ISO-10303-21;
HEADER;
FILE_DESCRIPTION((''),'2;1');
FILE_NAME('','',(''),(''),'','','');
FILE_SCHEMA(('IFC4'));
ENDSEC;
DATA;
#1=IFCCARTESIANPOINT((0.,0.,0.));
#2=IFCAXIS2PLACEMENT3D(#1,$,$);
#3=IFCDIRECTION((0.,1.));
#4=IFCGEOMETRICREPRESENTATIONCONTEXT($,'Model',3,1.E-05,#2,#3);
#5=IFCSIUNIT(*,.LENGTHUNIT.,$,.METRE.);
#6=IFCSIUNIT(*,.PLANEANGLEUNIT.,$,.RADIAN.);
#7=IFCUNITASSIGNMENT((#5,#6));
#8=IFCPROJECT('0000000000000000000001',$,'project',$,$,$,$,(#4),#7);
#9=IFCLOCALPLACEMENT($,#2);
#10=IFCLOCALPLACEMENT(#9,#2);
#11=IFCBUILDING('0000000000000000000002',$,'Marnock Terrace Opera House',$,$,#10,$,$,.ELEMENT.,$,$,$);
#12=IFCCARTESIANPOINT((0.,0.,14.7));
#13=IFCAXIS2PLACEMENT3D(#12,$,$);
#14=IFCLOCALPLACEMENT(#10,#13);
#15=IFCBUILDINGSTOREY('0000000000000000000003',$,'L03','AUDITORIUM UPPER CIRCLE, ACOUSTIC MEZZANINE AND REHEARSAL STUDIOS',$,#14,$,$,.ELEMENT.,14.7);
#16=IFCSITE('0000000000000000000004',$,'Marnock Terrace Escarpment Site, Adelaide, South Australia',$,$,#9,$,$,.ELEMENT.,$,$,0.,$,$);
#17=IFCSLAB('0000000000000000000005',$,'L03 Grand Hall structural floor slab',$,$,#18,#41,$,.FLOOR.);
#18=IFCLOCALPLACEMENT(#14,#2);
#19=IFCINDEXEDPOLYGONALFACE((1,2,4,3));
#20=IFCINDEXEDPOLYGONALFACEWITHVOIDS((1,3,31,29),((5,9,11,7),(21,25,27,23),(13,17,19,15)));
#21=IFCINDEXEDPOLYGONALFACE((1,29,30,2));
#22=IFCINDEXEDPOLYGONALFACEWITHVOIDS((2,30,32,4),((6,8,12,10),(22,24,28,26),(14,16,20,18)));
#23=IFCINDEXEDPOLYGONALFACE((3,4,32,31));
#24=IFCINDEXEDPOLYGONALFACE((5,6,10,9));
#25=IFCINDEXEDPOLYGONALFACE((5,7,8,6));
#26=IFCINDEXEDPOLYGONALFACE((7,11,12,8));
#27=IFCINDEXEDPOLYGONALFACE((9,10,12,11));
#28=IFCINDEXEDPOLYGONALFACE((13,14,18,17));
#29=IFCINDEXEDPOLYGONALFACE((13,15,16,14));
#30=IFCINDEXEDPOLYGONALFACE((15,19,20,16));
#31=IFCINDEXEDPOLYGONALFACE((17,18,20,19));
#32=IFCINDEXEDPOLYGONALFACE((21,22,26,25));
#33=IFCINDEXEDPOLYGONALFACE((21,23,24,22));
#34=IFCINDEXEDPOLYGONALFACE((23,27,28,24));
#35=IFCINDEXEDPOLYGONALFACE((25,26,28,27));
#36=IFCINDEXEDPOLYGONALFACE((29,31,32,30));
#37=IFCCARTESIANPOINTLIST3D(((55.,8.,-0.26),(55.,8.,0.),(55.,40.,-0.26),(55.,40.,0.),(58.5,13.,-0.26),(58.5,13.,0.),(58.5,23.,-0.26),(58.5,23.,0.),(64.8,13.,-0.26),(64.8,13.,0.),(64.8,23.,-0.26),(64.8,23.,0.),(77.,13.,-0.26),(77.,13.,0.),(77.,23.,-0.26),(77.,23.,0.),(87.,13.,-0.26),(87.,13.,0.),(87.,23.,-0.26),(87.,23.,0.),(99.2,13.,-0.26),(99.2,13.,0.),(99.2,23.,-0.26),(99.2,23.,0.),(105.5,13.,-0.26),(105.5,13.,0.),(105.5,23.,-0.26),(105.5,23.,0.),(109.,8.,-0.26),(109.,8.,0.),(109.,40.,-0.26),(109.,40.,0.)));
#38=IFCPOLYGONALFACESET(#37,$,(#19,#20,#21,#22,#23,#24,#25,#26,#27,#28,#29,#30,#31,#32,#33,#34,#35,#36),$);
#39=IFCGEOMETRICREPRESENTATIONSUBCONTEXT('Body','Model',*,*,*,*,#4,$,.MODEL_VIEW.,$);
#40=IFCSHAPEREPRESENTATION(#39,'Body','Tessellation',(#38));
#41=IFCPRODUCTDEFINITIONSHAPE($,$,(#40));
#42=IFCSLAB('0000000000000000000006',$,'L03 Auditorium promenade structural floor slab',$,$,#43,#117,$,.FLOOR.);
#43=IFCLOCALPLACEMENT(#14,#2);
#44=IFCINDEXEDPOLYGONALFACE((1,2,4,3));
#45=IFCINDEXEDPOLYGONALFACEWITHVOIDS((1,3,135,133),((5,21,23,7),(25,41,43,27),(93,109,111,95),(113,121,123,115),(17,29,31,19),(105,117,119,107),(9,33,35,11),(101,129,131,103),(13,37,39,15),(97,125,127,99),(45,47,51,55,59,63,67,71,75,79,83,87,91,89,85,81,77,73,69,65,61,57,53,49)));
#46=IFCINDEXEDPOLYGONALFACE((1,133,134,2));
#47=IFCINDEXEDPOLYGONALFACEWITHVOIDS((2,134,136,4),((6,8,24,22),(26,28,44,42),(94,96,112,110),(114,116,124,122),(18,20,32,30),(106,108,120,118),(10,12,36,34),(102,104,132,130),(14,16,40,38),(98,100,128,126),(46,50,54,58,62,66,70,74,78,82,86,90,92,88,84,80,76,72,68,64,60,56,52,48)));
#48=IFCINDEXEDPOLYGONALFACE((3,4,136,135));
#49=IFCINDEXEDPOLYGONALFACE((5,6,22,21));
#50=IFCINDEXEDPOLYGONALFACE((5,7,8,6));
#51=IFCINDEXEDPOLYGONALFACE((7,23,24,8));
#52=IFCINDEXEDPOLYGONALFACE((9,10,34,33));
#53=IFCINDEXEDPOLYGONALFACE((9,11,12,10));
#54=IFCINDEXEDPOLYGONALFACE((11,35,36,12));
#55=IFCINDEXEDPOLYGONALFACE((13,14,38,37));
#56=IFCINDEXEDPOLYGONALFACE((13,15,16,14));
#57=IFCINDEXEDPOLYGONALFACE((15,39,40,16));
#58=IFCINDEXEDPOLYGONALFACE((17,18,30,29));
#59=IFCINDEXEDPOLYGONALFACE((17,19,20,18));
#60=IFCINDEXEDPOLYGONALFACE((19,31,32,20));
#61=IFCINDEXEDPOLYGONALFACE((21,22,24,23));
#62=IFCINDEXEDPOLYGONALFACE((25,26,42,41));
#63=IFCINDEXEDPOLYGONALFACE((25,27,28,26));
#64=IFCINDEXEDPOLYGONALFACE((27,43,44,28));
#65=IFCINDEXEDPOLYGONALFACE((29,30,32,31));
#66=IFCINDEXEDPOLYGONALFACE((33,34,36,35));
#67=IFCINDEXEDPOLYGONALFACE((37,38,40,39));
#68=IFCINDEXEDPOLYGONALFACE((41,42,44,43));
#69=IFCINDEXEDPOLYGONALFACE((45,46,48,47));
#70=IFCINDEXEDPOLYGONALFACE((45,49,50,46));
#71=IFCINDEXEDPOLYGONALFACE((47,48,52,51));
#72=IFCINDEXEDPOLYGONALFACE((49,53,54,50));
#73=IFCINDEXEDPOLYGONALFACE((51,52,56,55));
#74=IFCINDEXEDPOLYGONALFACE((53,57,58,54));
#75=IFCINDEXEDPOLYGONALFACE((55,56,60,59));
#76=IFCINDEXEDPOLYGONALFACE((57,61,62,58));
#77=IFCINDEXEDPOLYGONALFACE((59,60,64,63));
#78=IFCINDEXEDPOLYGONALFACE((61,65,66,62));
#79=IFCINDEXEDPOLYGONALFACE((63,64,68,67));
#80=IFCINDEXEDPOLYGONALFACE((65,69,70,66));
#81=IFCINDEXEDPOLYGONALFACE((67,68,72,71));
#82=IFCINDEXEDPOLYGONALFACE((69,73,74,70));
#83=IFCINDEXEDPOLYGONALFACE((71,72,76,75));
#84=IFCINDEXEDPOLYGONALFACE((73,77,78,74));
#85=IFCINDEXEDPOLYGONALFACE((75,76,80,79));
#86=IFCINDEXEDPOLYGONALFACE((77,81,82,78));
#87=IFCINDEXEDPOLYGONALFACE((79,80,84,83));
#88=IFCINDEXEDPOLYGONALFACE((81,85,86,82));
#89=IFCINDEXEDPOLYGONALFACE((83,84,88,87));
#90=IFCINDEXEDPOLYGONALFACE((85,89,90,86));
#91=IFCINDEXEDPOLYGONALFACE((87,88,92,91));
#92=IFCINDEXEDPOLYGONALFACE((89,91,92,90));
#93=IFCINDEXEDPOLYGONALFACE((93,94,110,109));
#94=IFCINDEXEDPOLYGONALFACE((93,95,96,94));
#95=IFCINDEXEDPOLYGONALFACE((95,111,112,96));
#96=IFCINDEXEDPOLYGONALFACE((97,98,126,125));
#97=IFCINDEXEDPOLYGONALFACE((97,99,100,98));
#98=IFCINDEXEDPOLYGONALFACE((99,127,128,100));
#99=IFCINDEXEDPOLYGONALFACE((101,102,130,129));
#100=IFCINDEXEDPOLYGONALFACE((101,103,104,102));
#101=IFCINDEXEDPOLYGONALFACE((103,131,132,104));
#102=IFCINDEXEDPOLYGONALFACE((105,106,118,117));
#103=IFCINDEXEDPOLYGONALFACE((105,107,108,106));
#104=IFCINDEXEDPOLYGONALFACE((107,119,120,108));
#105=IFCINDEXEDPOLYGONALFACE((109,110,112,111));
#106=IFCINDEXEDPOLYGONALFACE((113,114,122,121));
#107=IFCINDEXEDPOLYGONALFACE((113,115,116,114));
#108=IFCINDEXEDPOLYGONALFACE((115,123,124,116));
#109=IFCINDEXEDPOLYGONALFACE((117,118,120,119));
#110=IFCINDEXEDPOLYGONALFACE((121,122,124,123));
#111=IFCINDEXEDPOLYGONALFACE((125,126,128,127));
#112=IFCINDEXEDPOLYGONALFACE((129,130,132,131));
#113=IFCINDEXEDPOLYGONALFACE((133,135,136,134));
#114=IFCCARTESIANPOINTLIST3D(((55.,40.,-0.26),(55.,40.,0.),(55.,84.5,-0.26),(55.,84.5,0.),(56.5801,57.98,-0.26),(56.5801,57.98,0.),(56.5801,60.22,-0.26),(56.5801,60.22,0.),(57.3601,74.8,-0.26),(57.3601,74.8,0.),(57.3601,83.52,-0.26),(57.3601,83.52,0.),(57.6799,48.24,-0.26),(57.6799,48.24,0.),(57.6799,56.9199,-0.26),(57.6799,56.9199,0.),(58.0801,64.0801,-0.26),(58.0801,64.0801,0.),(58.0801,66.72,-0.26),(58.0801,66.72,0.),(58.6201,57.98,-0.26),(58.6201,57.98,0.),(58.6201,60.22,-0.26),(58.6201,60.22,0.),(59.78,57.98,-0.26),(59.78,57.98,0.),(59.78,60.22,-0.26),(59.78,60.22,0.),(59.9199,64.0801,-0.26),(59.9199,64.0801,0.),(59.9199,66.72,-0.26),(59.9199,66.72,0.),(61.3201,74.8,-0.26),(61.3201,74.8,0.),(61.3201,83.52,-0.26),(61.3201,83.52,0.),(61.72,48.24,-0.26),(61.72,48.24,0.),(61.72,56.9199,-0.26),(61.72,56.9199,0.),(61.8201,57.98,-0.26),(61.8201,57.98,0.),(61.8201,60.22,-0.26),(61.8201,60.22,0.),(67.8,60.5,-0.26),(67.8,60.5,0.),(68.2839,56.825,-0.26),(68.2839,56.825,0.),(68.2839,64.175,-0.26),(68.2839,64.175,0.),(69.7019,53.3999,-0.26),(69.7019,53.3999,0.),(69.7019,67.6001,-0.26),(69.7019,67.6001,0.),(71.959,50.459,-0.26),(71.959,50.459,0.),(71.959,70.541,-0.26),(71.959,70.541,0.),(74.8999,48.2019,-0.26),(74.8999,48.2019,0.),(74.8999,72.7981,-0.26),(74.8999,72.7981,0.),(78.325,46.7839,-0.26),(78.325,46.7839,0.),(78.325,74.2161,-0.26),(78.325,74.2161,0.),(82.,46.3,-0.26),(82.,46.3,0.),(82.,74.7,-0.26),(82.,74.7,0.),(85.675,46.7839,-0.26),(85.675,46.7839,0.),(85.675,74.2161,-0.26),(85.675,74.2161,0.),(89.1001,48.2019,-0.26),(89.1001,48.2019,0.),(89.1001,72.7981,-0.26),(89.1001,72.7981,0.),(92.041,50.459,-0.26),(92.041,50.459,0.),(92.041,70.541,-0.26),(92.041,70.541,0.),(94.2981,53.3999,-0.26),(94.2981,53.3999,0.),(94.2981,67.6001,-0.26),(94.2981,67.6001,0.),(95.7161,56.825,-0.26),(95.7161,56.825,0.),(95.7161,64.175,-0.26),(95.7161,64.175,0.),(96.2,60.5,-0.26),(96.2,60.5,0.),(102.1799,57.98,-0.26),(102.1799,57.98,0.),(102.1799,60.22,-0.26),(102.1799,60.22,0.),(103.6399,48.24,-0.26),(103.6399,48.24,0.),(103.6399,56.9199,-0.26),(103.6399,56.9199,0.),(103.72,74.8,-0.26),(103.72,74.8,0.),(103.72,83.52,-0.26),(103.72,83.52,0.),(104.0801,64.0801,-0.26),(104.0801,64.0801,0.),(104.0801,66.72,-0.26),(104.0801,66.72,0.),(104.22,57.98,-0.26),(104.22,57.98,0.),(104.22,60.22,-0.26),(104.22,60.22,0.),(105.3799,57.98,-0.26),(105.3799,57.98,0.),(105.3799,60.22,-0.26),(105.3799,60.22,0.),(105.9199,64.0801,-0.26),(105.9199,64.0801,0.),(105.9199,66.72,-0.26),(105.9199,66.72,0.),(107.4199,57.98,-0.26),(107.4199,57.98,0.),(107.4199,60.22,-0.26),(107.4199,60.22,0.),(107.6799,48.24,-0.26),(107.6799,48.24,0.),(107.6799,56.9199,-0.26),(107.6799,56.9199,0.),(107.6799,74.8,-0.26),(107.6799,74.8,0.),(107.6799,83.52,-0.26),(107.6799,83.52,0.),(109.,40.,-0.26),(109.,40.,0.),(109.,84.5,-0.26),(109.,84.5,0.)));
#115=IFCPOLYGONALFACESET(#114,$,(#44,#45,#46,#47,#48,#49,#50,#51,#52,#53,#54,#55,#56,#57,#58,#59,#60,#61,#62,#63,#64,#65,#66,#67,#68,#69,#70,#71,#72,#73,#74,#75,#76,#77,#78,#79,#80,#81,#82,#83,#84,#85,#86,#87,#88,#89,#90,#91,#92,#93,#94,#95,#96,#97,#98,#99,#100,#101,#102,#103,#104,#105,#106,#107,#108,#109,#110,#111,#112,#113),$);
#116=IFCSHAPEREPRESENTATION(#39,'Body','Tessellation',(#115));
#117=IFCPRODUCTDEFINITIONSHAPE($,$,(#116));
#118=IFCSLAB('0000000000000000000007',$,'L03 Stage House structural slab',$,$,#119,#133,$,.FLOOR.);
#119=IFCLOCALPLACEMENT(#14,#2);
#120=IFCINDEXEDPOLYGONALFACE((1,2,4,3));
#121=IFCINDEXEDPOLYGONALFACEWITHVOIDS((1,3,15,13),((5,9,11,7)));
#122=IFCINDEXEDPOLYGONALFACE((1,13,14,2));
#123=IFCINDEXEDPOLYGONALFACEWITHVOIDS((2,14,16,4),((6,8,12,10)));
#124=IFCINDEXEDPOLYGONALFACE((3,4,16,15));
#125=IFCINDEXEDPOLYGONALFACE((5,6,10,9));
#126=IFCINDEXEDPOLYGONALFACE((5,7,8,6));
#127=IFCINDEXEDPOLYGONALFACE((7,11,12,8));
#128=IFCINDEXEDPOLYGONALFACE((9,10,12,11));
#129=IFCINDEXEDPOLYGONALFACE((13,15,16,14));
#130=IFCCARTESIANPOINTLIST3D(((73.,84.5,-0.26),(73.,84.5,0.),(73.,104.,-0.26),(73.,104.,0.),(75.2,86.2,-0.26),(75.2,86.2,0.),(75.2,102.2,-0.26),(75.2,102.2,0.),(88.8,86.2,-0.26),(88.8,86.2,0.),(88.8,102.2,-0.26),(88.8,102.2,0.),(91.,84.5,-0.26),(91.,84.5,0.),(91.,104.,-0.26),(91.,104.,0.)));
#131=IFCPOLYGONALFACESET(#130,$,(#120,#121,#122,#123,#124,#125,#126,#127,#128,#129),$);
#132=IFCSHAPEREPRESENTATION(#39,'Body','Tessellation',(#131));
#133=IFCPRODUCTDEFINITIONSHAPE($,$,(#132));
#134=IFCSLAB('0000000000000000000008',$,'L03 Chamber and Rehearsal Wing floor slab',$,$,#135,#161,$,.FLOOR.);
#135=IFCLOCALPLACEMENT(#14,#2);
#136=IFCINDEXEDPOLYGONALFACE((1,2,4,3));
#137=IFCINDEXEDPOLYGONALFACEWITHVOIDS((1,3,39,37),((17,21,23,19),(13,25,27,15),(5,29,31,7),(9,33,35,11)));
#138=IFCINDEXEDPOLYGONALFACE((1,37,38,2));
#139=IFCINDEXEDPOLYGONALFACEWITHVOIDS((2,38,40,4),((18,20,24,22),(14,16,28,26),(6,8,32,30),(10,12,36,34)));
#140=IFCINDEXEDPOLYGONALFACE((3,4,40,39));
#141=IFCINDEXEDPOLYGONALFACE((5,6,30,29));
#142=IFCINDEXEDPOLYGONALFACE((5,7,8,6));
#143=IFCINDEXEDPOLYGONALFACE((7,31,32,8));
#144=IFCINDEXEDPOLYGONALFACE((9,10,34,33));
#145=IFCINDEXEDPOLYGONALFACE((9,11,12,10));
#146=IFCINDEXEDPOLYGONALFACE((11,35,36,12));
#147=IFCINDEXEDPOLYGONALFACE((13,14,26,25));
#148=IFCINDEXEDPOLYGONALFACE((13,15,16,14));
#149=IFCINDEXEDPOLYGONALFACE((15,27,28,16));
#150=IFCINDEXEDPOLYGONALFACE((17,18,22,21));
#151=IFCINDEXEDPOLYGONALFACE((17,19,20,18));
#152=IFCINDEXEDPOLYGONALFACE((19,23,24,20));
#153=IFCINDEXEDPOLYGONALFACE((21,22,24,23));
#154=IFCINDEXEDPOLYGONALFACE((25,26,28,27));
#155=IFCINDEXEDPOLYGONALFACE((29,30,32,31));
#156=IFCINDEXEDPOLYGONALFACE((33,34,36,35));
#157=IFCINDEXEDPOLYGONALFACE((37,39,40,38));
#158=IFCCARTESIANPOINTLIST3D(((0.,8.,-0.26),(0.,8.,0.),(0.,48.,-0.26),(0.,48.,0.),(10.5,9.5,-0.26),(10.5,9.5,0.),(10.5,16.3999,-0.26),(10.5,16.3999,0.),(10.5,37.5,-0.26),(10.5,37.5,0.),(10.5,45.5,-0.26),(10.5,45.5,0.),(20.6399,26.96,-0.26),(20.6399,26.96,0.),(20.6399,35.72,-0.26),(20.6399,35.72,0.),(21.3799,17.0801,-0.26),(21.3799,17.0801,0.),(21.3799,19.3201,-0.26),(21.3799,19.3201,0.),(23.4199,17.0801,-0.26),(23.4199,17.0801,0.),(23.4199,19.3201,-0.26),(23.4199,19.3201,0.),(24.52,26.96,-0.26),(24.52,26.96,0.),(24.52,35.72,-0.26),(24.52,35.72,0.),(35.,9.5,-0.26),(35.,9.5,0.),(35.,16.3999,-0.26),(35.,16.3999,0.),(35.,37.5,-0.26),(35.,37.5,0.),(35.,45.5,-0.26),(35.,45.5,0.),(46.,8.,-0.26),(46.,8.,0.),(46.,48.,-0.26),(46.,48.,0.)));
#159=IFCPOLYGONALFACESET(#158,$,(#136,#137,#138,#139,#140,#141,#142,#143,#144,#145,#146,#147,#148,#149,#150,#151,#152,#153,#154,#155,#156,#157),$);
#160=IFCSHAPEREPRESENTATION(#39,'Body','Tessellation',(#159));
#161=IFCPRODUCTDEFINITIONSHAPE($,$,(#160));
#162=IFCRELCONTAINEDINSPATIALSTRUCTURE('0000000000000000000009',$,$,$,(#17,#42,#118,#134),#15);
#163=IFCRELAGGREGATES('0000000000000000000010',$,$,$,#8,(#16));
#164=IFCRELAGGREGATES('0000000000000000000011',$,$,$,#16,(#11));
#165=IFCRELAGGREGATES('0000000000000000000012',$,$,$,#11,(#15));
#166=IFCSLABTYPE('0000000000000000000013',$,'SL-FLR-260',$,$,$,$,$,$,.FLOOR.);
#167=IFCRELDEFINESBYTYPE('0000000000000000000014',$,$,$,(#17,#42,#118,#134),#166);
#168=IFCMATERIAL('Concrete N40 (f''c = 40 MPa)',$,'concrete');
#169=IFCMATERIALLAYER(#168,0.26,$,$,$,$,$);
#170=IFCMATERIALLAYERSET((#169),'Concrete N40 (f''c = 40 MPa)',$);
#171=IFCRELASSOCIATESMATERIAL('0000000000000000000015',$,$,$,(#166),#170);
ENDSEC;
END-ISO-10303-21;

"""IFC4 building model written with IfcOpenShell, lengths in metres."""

from ifc_helpers import new_model, si_unit, direction, frame, origin, place, context, subcontext, project, spatial, polyline, outline, extrude, material, layer, layer_set, type_object, element, save


model = new_model("IFC4")

# Units and contexts
model_context = context("Model", 3, precision=1e-05, world=origin(), true_north=direction((0.0, 1.0)))
body_context = subcontext(model_context, "Body", "Model", "MODEL_VIEW")
ifc_project = project(units=[si_unit("LENGTHUNIT", "METRE"), si_unit("PLANEANGLEUNIT", "RADIAN")], contexts=[model_context])

# Site, building, storey
site_placement = place(None, origin())
site = spatial("IfcSite", under=ifc_project, at=site_placement, Name="Marnock Terrace Escarpment Site, Adelaide, South Australia", CompositionType="ELEMENT", RefElevation=0.0)
building_placement = place(site_placement, origin())
building = spatial("IfcBuilding", under=site, at=building_placement, Name="Marnock Terrace Opera House", CompositionType="ELEMENT")
storey_placement = place(building_placement, frame((0.0, 0.0, 14.7)))
storey = spatial("IfcBuildingStorey", under=building, at=storey_placement, Name="L03", Description="AUDITORIUM UPPER CIRCLE, ACOUSTIC MEZZANINE AND REHEARSAL STUDIOS", CompositionType="ELEMENT", Elevation=14.7)

# Slabs
ifc_material_1 = material(Name="Concrete N40 (f'c = 40 MPa)", Category="concrete")
ifc_layer_1 = layer(ifc_material_1, 0.26)
ifc_layer_set_1 = layer_set([ifc_layer_1], Name="Concrete N40 (f'c = 40 MPa)")
slab_type_1 = type_object("IfcSlabType", Name="SL-FLR-260", PredefinedType="FLOOR", material=ifc_layer_set_1)
slab_1_placement = place(storey_placement, frame((0.0, 0.0, -0.26)))
element("IfcSlab", 1, at=slab_1_placement, inside=storey, type_object=slab_type_1, Name="L03 Grand Hall structural floor slab", PredefinedType="FLOOR", context=body_context, shape_type="SweptSolid", body=[
    extrude(outline(polyline([(55.0, 8.0), (109.0, 8.0), (109.0, 40.0), (55.0, 40.0), (55.0, 8.0)]), holes=[polyline([(58.5, 13.0), (64.8, 13.0), (64.8, 23.0), (58.5, 23.0), (58.5, 13.0)]), polyline([(77.0, 13.0), (87.0, 13.0), (87.0, 23.0), (77.0, 23.0), (77.0, 13.0)]), polyline([(99.2, 13.0), (105.5, 13.0), (105.5, 23.0), (99.2, 23.0), (99.2, 13.0)])]), origin(), (0.0, 0.0, 1.0), 0.26),
])
slab_2_placement = place(storey_placement, frame((0.0, 0.0, -0.26)))
element("IfcSlab", 2, at=slab_2_placement, inside=storey, type_object=slab_type_1, Name="L03 Auditorium promenade structural floor slab", PredefinedType="FLOOR", context=body_context, shape_type="SweptSolid", body=[
    extrude(outline(polyline([(55.0, 40.0), (109.0, 40.0), (109.0, 84.5), (55.0, 84.5), (55.0, 40.0)]), holes=[polyline([(61.72, 48.24), (61.72, 56.9199), (57.6799, 56.9199), (57.6799, 48.24), (61.72, 48.24)]), polyline([(56.5801, 57.98), (58.6201, 57.98), (58.6201, 60.22), (56.5801, 60.22), (56.5801, 57.98)]), polyline([(59.78, 57.98), (61.8201, 57.98), (61.8201, 60.22), (59.78, 60.22), (59.78, 57.98)]), polyline([(107.6799, 48.24), (107.6799, 56.9199), (103.6399, 56.9199), (103.6399, 48.24), (107.6799, 48.24)]), polyline([(102.1799, 57.98), (104.22, 57.98), (104.22, 60.22), (102.1799, 60.22), (102.1799, 57.98)]), polyline([(105.3799, 57.98), (107.4199, 57.98), (107.4199, 60.22), (105.3799, 60.22), (105.3799, 57.98)]), polyline([(61.3201, 74.8), (61.3201, 83.52), (57.3601, 83.52), (57.3601, 74.8), (61.3201, 74.8)]), polyline([(58.0801, 64.0801), (59.9199, 64.0801), (59.9199, 66.72), (58.0801, 66.72), (58.0801, 64.0801)]), polyline([(107.6799, 74.8), (107.6799, 83.52), (103.72, 83.52), (103.72, 74.8), (107.6799, 74.8)]), polyline([(104.0801, 64.0801), (105.9199, 64.0801), (105.9199, 66.72), (104.0801, 66.72), (104.0801, 64.0801)]), polyline([(96.2, 60.5), (95.7161, 64.175), (94.2981, 67.6001), (92.041, 70.541), (89.1001, 72.7981), (85.675, 74.2161), (82.0, 74.7), (78.325, 74.2161), (74.8999, 72.7981), (71.959, 70.541), (69.7019, 67.6001), (68.2839, 64.175), (67.8, 60.5), (68.2839, 56.825), (69.7019, 53.3999), (71.959, 50.459), (74.8999, 48.2019), (78.325, 46.7839), (82.0, 46.3), (85.675, 46.7839), (89.1001, 48.2019), (92.041, 50.459), (94.2981, 53.3999), (95.7161, 56.825), (96.2, 60.5)])]), origin(), (0.0, 0.0, 1.0), 0.26),
])
slab_3_placement = place(storey_placement, frame((0.0, 0.0, -0.26)))
element("IfcSlab", 3, at=slab_3_placement, inside=storey, type_object=slab_type_1, Name="L03 Stage House structural slab", PredefinedType="FLOOR", context=body_context, shape_type="SweptSolid", body=[
    extrude(outline(polyline([(73.0, 84.5), (91.0, 84.5), (91.0, 104.0), (73.0, 104.0), (73.0, 84.5)]), holes=[polyline([(75.2, 86.2), (88.8, 86.2), (88.8, 102.2), (75.2, 102.2), (75.2, 86.2)])]), origin(), (0.0, 0.0, 1.0), 0.26),
])
slab_4_placement = place(storey_placement, frame((0.0, 0.0, -0.26)))
element("IfcSlab", 4, at=slab_4_placement, inside=storey, type_object=slab_type_1, Name="L03 Chamber and Rehearsal Wing floor slab", PredefinedType="FLOOR", context=body_context, shape_type="SweptSolid", body=[
    extrude(outline(polyline([(0.0, 8.0), (46.0, 8.0), (46.0, 48.0), (0.0, 48.0), (0.0, 8.0)]), holes=[polyline([(24.52, 26.96), (24.52, 35.72), (20.6399, 35.72), (20.6399, 26.96), (24.52, 26.96)]), polyline([(21.3799, 17.0801), (23.4199, 17.0801), (23.4199, 19.3201), (21.3799, 19.3201), (21.3799, 17.0801)]), polyline([(10.5, 9.5), (35.0, 9.5), (35.0, 16.3999), (10.5, 16.3999), (10.5, 9.5)]), polyline([(10.5, 37.5), (35.0, 37.5), (35.0, 45.5), (10.5, 45.5), (10.5, 37.5)])]), origin(), (0.0, 0.0, 1.0), 0.26),
])

save(model, "model.ifc")
